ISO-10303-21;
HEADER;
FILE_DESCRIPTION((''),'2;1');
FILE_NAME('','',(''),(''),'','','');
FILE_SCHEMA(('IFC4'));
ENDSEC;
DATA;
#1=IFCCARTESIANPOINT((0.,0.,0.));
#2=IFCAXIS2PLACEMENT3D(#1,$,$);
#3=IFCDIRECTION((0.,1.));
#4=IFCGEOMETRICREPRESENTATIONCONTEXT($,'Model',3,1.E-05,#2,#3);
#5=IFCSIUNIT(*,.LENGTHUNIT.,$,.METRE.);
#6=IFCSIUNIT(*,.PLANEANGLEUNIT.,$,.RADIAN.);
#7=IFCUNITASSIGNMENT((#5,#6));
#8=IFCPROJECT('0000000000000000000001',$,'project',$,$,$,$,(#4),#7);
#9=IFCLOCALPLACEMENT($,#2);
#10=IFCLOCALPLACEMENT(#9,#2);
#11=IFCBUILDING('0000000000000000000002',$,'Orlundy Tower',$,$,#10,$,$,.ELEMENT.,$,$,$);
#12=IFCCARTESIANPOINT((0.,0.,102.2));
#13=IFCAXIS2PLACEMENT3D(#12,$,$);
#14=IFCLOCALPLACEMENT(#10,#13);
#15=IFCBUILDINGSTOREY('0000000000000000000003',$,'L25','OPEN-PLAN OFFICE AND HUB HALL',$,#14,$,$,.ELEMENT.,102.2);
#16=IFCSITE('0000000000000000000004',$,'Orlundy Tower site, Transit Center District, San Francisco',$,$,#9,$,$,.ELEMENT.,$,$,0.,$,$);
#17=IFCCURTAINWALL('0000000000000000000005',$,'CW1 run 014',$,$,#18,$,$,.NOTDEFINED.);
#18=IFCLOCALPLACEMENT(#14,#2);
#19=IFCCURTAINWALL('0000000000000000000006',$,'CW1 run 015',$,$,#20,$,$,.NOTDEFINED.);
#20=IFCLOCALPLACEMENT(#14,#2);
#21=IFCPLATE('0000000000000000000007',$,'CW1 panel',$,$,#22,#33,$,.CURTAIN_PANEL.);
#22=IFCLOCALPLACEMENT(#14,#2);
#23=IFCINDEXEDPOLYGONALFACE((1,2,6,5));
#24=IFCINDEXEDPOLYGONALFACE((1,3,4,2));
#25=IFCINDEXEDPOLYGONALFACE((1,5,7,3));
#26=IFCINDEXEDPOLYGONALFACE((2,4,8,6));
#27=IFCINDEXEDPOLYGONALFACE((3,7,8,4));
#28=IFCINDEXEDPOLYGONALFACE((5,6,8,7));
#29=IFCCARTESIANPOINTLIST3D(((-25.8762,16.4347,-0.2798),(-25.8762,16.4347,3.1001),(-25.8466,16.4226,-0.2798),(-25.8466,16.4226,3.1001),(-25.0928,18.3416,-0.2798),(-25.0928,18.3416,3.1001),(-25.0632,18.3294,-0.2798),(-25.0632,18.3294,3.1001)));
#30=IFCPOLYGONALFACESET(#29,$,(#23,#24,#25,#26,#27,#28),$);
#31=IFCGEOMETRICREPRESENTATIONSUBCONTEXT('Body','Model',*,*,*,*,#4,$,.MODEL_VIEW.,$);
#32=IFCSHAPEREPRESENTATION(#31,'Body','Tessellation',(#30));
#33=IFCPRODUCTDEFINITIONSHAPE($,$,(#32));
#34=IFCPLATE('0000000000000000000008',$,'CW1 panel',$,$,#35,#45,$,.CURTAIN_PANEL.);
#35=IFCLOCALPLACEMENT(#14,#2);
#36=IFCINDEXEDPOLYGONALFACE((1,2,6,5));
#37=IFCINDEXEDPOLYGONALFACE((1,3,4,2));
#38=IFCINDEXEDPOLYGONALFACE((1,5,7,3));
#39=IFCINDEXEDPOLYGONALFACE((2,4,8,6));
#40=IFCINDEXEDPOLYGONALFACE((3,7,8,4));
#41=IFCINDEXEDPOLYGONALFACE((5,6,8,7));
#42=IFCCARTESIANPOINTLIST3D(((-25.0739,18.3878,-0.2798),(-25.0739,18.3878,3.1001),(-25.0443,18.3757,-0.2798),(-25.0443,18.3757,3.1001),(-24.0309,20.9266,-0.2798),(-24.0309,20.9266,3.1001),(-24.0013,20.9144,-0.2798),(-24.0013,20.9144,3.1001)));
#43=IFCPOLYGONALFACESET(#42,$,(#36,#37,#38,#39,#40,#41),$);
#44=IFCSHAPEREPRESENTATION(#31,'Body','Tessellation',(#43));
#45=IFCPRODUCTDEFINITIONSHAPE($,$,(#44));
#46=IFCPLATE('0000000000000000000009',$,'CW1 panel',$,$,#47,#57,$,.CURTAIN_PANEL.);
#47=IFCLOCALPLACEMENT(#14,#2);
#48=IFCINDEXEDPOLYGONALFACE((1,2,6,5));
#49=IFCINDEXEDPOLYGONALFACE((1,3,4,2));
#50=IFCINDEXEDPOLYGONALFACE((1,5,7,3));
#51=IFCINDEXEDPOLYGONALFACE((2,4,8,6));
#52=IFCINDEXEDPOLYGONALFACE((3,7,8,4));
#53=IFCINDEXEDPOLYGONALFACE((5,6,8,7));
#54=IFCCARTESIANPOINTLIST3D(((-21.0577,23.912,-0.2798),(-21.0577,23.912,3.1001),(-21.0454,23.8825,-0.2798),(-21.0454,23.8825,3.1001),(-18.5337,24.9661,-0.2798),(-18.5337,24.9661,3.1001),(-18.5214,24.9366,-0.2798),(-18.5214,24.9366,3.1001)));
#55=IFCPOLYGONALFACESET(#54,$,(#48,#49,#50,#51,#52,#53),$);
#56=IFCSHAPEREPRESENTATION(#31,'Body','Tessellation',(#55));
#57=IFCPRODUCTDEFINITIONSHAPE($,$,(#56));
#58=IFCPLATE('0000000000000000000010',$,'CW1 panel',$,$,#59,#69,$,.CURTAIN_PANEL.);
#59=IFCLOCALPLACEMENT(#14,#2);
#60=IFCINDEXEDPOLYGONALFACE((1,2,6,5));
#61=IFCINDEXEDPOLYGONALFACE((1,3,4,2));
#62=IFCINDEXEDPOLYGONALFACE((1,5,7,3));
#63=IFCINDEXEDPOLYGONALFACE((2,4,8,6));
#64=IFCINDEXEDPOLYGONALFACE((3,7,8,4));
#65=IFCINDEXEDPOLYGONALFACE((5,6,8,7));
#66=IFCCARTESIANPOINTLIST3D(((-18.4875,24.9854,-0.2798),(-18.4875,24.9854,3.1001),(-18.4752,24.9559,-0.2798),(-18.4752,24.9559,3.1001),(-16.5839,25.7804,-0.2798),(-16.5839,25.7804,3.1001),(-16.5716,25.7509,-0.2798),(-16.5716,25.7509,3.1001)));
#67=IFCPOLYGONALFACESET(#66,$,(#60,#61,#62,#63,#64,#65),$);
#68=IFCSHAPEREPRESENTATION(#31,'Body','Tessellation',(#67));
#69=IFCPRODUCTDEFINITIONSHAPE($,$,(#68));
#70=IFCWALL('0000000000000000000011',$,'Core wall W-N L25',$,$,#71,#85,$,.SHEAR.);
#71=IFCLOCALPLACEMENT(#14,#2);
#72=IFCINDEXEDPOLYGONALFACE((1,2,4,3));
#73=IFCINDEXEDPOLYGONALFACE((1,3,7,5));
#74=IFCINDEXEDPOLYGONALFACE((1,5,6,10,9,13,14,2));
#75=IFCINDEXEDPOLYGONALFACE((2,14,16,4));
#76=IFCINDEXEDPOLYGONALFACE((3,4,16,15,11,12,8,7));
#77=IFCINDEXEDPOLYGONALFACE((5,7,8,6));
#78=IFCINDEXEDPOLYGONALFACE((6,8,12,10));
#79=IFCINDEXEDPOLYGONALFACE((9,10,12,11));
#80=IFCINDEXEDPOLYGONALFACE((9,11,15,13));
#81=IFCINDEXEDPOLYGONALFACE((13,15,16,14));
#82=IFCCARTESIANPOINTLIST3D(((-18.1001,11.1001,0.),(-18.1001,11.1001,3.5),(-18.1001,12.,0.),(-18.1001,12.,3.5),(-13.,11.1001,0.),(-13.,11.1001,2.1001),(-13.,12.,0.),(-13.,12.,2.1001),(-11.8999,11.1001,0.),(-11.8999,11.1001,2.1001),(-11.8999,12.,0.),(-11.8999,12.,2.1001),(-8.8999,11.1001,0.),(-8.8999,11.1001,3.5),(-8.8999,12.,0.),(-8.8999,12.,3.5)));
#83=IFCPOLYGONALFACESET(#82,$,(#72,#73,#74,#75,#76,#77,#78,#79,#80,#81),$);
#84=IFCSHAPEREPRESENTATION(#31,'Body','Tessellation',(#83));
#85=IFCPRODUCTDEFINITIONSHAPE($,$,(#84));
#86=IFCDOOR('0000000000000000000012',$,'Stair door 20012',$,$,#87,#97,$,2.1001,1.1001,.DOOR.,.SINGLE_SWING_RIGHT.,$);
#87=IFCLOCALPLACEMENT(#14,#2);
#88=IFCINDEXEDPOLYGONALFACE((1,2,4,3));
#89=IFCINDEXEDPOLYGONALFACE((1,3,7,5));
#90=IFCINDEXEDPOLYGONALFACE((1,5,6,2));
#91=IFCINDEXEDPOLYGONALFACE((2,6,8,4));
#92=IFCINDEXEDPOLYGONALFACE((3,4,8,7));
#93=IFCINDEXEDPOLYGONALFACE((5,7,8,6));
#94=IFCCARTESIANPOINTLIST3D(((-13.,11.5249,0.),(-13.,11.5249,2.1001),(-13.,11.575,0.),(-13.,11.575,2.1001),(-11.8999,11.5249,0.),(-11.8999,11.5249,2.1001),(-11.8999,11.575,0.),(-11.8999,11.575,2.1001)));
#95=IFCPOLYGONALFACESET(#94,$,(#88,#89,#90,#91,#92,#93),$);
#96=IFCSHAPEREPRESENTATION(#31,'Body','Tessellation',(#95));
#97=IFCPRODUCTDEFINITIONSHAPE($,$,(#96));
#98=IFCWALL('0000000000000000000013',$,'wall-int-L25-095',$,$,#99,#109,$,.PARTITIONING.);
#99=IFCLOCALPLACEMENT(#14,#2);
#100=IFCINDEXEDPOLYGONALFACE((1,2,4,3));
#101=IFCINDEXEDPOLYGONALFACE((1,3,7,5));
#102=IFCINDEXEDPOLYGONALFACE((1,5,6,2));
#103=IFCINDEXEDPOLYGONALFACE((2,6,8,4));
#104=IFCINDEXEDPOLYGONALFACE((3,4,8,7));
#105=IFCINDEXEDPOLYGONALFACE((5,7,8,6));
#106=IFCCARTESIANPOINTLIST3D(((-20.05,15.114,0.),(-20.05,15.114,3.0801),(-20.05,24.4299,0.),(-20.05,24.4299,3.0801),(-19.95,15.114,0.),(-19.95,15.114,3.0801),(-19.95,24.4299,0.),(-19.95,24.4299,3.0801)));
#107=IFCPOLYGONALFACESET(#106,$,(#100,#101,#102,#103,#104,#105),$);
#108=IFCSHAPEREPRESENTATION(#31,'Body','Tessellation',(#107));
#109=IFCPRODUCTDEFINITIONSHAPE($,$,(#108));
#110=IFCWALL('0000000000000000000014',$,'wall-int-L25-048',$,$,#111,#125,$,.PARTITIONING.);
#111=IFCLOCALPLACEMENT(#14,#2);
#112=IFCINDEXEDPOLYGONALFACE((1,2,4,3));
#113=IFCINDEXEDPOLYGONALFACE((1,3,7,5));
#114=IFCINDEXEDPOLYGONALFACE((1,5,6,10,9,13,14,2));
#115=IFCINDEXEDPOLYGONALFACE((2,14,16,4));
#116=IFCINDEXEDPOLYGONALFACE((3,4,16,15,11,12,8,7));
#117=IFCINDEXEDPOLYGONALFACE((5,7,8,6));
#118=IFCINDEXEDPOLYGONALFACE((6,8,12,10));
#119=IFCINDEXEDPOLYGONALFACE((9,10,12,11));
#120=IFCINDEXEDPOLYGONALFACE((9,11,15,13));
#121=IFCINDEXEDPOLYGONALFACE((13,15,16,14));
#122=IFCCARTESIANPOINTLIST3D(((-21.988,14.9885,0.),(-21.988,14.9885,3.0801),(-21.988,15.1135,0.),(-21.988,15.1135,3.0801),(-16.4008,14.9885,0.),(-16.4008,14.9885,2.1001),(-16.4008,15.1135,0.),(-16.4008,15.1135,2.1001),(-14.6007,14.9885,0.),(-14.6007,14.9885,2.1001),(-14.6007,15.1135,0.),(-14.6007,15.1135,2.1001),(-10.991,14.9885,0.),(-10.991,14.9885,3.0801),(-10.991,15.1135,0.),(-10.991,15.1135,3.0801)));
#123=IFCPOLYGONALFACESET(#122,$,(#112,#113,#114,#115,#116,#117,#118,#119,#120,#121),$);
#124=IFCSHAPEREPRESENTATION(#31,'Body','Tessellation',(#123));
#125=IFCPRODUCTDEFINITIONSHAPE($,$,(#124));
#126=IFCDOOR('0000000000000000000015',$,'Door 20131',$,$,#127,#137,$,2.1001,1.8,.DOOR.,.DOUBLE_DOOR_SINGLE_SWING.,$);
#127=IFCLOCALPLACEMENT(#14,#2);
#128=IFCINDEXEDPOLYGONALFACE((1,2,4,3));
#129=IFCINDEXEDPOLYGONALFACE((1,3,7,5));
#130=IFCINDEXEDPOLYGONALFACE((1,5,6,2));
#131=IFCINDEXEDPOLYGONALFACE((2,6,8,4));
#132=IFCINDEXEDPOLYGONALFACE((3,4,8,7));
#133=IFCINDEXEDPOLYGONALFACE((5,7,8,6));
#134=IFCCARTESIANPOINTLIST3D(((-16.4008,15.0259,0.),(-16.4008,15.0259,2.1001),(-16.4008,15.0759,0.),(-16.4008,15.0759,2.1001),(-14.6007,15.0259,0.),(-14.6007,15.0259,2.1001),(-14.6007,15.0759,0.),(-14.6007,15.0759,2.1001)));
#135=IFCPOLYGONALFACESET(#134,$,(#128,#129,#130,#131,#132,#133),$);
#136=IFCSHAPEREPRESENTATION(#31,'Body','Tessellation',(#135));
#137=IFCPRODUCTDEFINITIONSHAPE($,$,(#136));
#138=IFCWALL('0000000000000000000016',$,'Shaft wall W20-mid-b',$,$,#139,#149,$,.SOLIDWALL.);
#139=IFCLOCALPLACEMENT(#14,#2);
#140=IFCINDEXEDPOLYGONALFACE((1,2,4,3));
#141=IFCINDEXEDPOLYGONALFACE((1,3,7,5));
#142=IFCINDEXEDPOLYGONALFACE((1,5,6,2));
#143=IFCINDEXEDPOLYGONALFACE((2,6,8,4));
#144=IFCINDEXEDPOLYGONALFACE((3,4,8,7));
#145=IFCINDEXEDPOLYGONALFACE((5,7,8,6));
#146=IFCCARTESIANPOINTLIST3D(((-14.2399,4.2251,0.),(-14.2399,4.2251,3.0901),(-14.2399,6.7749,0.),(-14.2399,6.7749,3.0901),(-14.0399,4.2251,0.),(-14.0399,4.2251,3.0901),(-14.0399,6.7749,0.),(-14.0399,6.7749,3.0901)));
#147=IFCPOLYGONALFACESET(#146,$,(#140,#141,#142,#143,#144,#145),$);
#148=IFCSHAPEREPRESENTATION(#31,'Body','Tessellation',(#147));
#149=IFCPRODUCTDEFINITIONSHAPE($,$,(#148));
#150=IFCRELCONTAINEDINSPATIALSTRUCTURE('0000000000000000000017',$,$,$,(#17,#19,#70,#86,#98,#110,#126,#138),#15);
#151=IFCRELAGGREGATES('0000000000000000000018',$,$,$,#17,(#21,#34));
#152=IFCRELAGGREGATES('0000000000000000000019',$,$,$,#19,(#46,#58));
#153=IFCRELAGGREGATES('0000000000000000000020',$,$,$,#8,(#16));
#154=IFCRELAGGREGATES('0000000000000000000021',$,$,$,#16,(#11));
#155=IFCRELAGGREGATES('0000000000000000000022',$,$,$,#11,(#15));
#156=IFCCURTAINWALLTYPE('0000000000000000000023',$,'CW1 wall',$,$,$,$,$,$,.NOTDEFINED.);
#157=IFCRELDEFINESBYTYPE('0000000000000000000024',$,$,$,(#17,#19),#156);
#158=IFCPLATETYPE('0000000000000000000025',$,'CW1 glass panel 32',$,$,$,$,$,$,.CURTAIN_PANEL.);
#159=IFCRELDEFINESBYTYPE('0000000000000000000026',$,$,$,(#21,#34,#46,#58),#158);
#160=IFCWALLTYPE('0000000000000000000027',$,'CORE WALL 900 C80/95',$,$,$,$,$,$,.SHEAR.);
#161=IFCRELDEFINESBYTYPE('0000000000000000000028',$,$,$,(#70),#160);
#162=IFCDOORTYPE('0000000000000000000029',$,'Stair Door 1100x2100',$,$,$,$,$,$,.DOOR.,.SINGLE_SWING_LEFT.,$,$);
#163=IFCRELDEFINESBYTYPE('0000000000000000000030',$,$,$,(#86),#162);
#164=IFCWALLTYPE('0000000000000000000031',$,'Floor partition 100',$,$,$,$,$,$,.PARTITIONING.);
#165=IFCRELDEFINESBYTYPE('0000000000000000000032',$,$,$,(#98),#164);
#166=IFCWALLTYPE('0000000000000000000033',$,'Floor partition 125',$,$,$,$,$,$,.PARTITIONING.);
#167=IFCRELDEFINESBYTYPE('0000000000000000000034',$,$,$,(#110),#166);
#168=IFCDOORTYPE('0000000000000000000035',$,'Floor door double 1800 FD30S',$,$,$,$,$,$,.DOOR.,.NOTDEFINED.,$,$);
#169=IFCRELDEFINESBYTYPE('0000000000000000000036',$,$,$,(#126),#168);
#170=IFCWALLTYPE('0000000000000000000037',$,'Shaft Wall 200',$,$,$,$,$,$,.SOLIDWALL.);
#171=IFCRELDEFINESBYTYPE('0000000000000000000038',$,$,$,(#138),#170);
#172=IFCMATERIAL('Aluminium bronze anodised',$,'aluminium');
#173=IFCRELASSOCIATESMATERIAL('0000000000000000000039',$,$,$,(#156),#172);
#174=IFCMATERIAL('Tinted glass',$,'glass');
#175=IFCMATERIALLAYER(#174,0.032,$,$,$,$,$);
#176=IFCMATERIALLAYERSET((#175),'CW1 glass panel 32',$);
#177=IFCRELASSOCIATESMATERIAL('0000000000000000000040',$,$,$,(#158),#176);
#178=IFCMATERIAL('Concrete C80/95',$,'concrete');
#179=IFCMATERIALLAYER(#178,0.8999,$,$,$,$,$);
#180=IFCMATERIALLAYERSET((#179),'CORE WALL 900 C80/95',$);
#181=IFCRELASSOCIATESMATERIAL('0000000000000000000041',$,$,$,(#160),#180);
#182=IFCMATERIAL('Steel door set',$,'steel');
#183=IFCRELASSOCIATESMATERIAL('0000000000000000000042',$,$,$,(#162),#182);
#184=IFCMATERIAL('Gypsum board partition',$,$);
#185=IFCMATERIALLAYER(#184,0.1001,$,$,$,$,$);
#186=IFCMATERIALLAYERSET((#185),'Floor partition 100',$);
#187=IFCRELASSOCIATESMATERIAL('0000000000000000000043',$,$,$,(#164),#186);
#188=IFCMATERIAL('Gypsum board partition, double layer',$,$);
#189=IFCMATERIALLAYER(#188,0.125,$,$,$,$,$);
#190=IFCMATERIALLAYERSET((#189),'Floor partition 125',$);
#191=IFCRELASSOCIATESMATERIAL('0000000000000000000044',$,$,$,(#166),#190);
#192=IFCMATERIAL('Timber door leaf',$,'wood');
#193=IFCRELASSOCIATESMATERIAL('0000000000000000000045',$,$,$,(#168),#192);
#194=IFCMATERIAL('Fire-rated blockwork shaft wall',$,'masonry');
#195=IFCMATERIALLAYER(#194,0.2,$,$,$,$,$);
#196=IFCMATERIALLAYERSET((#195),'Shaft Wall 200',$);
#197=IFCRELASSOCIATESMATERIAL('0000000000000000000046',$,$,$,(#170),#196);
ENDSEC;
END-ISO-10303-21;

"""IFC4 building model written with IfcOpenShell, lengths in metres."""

from ifc_helpers import new_model, si_unit, direction, frame, frame_2d, origin, origin_2d, place, context, subcontext, project, spatial, rectangle, extrude, material, layer, layer_set, type_object, element, fill, aggregate, save


model = new_model("IFC4")

# Units and contexts
model_context = context("Model", 3, precision=1e-05, world=origin(), true_north=direction((0.0, 1.0)))
body_context = subcontext(model_context, "Body", "Model", "MODEL_VIEW")
ifc_project = project(units=[si_unit("LENGTHUNIT", "METRE"), si_unit("PLANEANGLEUNIT", "RADIAN")], contexts=[model_context])

# Site, building, storey
site_placement = place(None, origin())
site = spatial("IfcSite", under=ifc_project, at=site_placement, Name="Orlundy Tower site, Transit Center District, San Francisco", CompositionType="ELEMENT", RefElevation=0.0)
building_placement = place(site_placement, origin())
building = spatial("IfcBuilding", under=site, at=building_placement, Name="Orlundy Tower", CompositionType="ELEMENT")
storey_placement = place(building_placement, frame((0.0, 0.0, 102.2)))
storey = spatial("IfcBuildingStorey", under=building, at=storey_placement, Name="L25", Description="OPEN-PLAN OFFICE AND HUB HALL", CompositionType="ELEMENT", Elevation=102.2)

# Curtain wall
ifc_material_1 = material(Name="Aluminium bronze anodised", Category="aluminium")
curtain_wall_type = type_object("IfcCurtainWallType", Name="CW1 wall", PredefinedType="NOTDEFINED", material=ifc_material_1)
curtain_wall_1_placement = place(storey_placement, origin())
curtain_wall_1 = element("IfcCurtainWall", 1, at=curtain_wall_1_placement, inside=storey, type_object=curtain_wall_type, Name="CW1 run 014", PredefinedType="NOTDEFINED")

# Curtain wall
curtain_wall_2_placement = place(storey_placement, origin())
curtain_wall_2 = element("IfcCurtainWall", 2, at=curtain_wall_2_placement, inside=storey, type_object=curtain_wall_type, Name="CW1 run 015", PredefinedType="NOTDEFINED")

# Plates
ifc_material_2 = material(Name="Tinted glass", Category="glass")
ifc_layer_1 = layer(ifc_material_2, 0.032)
ifc_layer_set_1 = layer_set([ifc_layer_1], Name="CW1 glass panel 32")
plate_type = type_object("IfcPlateType", Name="CW1 glass panel 32", PredefinedType="CURTAIN_PANEL", material=ifc_layer_set_1)
plate_1_placement = place(storey_placement, frame((-25.4697, 17.3821, -0.2798), z_axis=(0.0, 0.0, 1.0), x_axis=(0.380005, 0.924984, 0.0)))
plate_1 = element("IfcPlate", 3, at=plate_1_placement, type_object=plate_type, Name="CW1 panel", PredefinedType="CURTAIN_PANEL", context=body_context, shape_type="SweptSolid", body=[
    extrude(rectangle(XDim=2.0615, YDim=0.032, at=origin_2d()), origin(), (0.0, 0.0, 1.0), 3.3799),
])
plate_2_placement = place(storey_placement, frame((-24.5376, 19.6511, -0.2798), z_axis=(0.0, 0.0, 1.0), x_axis=(0.380005, 0.924984, 0.0)))
plate_2 = element("IfcPlate", 4, at=plate_2_placement, type_object=plate_type, Name="CW1 panel", PredefinedType="CURTAIN_PANEL", context=body_context, shape_type="SweptSolid", body=[
    extrude(rectangle(XDim=2.7446, YDim=0.032, at=origin_2d()), origin(), (0.0, 0.0, 1.0), 3.3799),
])
aggregate(curtain_wall_1, [plate_1, plate_2])
plate_3_placement = place(storey_placement, frame((-19.7896, 24.4243, -0.2798), z_axis=(0.0, 0.0, 1.0), x_axis=(0.92276, 0.385375, 0.0)))
plate_3 = element("IfcPlate", 5, at=plate_3_placement, type_object=plate_type, Name="CW1 panel", PredefinedType="CURTAIN_PANEL", context=body_context, shape_type="SweptSolid", body=[
    extrude(rectangle(XDim=2.7354, YDim=0.032, at=origin_2d()), origin(), (0.0, 0.0, 1.0), 3.3799),
])
plate_4_placement = place(storey_placement, frame((-17.5295, 25.3682, -0.2798), z_axis=(0.0, 0.0, 1.0), x_axis=(0.92276, 0.385375, 0.0)))
plate_4 = element("IfcPlate", 6, at=plate_4_placement, type_object=plate_type, Name="CW1 panel", PredefinedType="CURTAIN_PANEL", context=body_context, shape_type="SweptSolid", body=[
    extrude(rectangle(XDim=2.063, YDim=0.032, at=origin_2d()), origin(), (0.0, 0.0, 1.0), 3.3799),
])
aggregate(curtain_wall_2, [plate_3, plate_4])

# Wall, opening, door
ifc_material_3 = material(Name="Concrete C80/95", Category="concrete")
ifc_layer_2 = layer(ifc_material_3, 0.8999)
ifc_layer_set_2 = layer_set([ifc_layer_2], Name="CORE WALL 900 C80/95")
wall_type_1 = type_object("IfcWallType", Name="CORE WALL 900 C80/95", PredefinedType="SHEAR", material=ifc_layer_set_2)
wall_1_placement = place(storey_placement, frame((-18.1001, 11.55, 0.0), z_axis=(0.0, 0.0, 1.0), x_axis=(1.0, 0.0, 0.0)))
wall_1 = element("IfcWall", 7, at=wall_1_placement, inside=storey, type_object=wall_type_1, Name="Core wall W-N L25", PredefinedType="SHEAR", context=body_context, shape_type="SweptSolid", body=[
    extrude(rectangle(XDim=9.2002, YDim=0.8999, at=frame_2d((4.6001, 0.0))), origin(), (0.0, 0.0, 1.0), 3.5),
])
opening_1_placement = place(wall_1_placement, frame((5.1001, 0.0, 0.0)))
opening_1 = element("IfcOpeningElement", 8, at=opening_1_placement, cuts=wall_1, PredefinedType="OPENING", context=body_context, shape_type="SweptSolid", body=[
    extrude(rectangle(XDim=1.1001, YDim=2.1001, at=frame_2d((0.55, 1.05))), frame((0.0, 0.46, 0.0), z_axis=(0.0, -1.0, 0.0), x_axis=(1.0, 0.0, 0.0)), (0.0, 0.0, 1.0), 0.9199),
])
ifc_material_4 = material(Name="Steel door set", Category="steel")
door_type_1 = type_object("IfcDoorType", Name="Stair Door 1100x2100", OperationType="SINGLE_SWING_LEFT", PredefinedType="DOOR", material=ifc_material_4)
door_1_placement = place(opening_1_placement, origin())
door_1 = element("IfcDoor", 9, at=door_1_placement, inside=storey, type_object=door_type_1, Name="Stair door 20012", OperationType="SINGLE_SWING_RIGHT", OverallHeight=2.1001, OverallWidth=1.1001, PredefinedType="DOOR", context=body_context, shape_type="SweptSolid", body=[
    extrude(rectangle(XDim=1.1001, YDim=2.1001, at=frame_2d((0.55, 1.05))), frame((0.0, 0.0249, 0.0), z_axis=(0.0, -1.0, 0.0), x_axis=(1.0, 0.0, 0.0)), (0.0, 0.0, 1.0), 0.05),
])
fill(opening_1, door_1)

# Wall
ifc_material_5 = material(Name="Gypsum board partition")
ifc_layer_3 = layer(ifc_material_5, 0.1001)
ifc_layer_set_3 = layer_set([ifc_layer_3], Name="Floor partition 100")
wall_type_2 = type_object("IfcWallType", Name="Floor partition 100", PredefinedType="PARTITIONING", material=ifc_layer_set_3)
wall_2_placement = place(storey_placement, frame((-20.0, 15.114, 0.0), z_axis=(0.0, 0.0, 1.0), x_axis=(0.0, 1.0, 0.0)))
element("IfcWall", 10, at=wall_2_placement, inside=storey, type_object=wall_type_2, Name="wall-int-L25-095", PredefinedType="PARTITIONING", context=body_context, shape_type="SweptSolid", body=[
    extrude(rectangle(XDim=9.3159, YDim=0.1001, at=frame_2d((4.658, 0.0))), origin(), (0.0, 0.0, 1.0), 3.0801),
])

# Wall, opening, door
ifc_material_6 = material(Name="Gypsum board partition, double layer")
ifc_layer_4 = layer(ifc_material_6, 0.125)
ifc_layer_set_4 = layer_set([ifc_layer_4], Name="Floor partition 125")
wall_type_3 = type_object("IfcWallType", Name="Floor partition 125", PredefinedType="PARTITIONING", material=ifc_layer_set_4)
wall_3_placement = place(storey_placement, frame((-21.988, 15.051, 0.0), z_axis=(0.0, 0.0, 1.0), x_axis=(1.0, 0.0, 0.0)))
wall_3 = element("IfcWall", 11, at=wall_3_placement, inside=storey, type_object=wall_type_3, Name="wall-int-L25-048", PredefinedType="PARTITIONING", context=body_context, shape_type="SweptSolid", body=[
    extrude(rectangle(XDim=10.9971, YDim=0.125, at=frame_2d((5.4985, 0.0))), origin(), (0.0, 0.0, 1.0), 3.0801),
])
opening_2_placement = place(wall_3_placement, frame((5.5874, 0.0, 0.0)))
opening_2 = element("IfcOpeningElement", 12, at=opening_2_placement, cuts=wall_3, PredefinedType="OPENING", context=body_context, shape_type="SweptSolid", body=[
    extrude(rectangle(XDim=1.8, YDim=2.1001, at=frame_2d((0.8999, 1.05))), frame((0.0, 0.0725, 0.0), z_axis=(0.0, -1.0, 0.0), x_axis=(1.0, 0.0, 0.0)), (0.0, 0.0, 1.0), 0.145),
])
ifc_material_7 = material(Name="Timber door leaf", Category="wood")
door_type_2 = type_object("IfcDoorType", Name="Floor door double 1800 FD30S", OperationType="NOTDEFINED", PredefinedType="DOOR", material=ifc_material_7)
door_2_placement = place(opening_2_placement, origin())
door_2 = element("IfcDoor", 13, at=door_2_placement, inside=storey, type_object=door_type_2, Name="Door 20131", OperationType="DOUBLE_DOOR_SINGLE_SWING", OverallHeight=2.1001, OverallWidth=1.8, PredefinedType="DOOR", context=body_context, shape_type="SweptSolid", body=[
    extrude(rectangle(XDim=1.8, YDim=2.1001, at=frame_2d((0.8999, 1.05))), frame((0.0, 0.0249, 0.0), z_axis=(0.0, -1.0, 0.0), x_axis=(1.0, 0.0, 0.0)), (0.0, 0.0, 1.0), 0.05),
])
fill(opening_2, door_2)

# Wall
ifc_material_8 = material(Name="Fire-rated blockwork shaft wall", Category="masonry")
ifc_layer_5 = layer(ifc_material_8, 0.2)
ifc_layer_set_5 = layer_set([ifc_layer_5], Name="Shaft Wall 200")
wall_type_4 = type_object("IfcWallType", Name="Shaft Wall 200", PredefinedType="SOLIDWALL", material=ifc_layer_set_5)
wall_4_placement = place(storey_placement, frame((-14.1399, 4.2251, 0.0), z_axis=(0.0, 0.0, 1.0), x_axis=(0.0, 1.0, 0.0)))
element("IfcWall", 14, at=wall_4_placement, inside=storey, type_object=wall_type_4, Name="Shaft wall W20-mid-b", PredefinedType="SOLIDWALL", context=body_context, shape_type="SweptSolid", body=[
    extrude(rectangle(XDim=2.5498, YDim=0.2, at=frame_2d((1.2749, 0.0))), origin(), (0.0, 0.0, 1.0), 3.0901),
])

save(model, "model.ifc")
